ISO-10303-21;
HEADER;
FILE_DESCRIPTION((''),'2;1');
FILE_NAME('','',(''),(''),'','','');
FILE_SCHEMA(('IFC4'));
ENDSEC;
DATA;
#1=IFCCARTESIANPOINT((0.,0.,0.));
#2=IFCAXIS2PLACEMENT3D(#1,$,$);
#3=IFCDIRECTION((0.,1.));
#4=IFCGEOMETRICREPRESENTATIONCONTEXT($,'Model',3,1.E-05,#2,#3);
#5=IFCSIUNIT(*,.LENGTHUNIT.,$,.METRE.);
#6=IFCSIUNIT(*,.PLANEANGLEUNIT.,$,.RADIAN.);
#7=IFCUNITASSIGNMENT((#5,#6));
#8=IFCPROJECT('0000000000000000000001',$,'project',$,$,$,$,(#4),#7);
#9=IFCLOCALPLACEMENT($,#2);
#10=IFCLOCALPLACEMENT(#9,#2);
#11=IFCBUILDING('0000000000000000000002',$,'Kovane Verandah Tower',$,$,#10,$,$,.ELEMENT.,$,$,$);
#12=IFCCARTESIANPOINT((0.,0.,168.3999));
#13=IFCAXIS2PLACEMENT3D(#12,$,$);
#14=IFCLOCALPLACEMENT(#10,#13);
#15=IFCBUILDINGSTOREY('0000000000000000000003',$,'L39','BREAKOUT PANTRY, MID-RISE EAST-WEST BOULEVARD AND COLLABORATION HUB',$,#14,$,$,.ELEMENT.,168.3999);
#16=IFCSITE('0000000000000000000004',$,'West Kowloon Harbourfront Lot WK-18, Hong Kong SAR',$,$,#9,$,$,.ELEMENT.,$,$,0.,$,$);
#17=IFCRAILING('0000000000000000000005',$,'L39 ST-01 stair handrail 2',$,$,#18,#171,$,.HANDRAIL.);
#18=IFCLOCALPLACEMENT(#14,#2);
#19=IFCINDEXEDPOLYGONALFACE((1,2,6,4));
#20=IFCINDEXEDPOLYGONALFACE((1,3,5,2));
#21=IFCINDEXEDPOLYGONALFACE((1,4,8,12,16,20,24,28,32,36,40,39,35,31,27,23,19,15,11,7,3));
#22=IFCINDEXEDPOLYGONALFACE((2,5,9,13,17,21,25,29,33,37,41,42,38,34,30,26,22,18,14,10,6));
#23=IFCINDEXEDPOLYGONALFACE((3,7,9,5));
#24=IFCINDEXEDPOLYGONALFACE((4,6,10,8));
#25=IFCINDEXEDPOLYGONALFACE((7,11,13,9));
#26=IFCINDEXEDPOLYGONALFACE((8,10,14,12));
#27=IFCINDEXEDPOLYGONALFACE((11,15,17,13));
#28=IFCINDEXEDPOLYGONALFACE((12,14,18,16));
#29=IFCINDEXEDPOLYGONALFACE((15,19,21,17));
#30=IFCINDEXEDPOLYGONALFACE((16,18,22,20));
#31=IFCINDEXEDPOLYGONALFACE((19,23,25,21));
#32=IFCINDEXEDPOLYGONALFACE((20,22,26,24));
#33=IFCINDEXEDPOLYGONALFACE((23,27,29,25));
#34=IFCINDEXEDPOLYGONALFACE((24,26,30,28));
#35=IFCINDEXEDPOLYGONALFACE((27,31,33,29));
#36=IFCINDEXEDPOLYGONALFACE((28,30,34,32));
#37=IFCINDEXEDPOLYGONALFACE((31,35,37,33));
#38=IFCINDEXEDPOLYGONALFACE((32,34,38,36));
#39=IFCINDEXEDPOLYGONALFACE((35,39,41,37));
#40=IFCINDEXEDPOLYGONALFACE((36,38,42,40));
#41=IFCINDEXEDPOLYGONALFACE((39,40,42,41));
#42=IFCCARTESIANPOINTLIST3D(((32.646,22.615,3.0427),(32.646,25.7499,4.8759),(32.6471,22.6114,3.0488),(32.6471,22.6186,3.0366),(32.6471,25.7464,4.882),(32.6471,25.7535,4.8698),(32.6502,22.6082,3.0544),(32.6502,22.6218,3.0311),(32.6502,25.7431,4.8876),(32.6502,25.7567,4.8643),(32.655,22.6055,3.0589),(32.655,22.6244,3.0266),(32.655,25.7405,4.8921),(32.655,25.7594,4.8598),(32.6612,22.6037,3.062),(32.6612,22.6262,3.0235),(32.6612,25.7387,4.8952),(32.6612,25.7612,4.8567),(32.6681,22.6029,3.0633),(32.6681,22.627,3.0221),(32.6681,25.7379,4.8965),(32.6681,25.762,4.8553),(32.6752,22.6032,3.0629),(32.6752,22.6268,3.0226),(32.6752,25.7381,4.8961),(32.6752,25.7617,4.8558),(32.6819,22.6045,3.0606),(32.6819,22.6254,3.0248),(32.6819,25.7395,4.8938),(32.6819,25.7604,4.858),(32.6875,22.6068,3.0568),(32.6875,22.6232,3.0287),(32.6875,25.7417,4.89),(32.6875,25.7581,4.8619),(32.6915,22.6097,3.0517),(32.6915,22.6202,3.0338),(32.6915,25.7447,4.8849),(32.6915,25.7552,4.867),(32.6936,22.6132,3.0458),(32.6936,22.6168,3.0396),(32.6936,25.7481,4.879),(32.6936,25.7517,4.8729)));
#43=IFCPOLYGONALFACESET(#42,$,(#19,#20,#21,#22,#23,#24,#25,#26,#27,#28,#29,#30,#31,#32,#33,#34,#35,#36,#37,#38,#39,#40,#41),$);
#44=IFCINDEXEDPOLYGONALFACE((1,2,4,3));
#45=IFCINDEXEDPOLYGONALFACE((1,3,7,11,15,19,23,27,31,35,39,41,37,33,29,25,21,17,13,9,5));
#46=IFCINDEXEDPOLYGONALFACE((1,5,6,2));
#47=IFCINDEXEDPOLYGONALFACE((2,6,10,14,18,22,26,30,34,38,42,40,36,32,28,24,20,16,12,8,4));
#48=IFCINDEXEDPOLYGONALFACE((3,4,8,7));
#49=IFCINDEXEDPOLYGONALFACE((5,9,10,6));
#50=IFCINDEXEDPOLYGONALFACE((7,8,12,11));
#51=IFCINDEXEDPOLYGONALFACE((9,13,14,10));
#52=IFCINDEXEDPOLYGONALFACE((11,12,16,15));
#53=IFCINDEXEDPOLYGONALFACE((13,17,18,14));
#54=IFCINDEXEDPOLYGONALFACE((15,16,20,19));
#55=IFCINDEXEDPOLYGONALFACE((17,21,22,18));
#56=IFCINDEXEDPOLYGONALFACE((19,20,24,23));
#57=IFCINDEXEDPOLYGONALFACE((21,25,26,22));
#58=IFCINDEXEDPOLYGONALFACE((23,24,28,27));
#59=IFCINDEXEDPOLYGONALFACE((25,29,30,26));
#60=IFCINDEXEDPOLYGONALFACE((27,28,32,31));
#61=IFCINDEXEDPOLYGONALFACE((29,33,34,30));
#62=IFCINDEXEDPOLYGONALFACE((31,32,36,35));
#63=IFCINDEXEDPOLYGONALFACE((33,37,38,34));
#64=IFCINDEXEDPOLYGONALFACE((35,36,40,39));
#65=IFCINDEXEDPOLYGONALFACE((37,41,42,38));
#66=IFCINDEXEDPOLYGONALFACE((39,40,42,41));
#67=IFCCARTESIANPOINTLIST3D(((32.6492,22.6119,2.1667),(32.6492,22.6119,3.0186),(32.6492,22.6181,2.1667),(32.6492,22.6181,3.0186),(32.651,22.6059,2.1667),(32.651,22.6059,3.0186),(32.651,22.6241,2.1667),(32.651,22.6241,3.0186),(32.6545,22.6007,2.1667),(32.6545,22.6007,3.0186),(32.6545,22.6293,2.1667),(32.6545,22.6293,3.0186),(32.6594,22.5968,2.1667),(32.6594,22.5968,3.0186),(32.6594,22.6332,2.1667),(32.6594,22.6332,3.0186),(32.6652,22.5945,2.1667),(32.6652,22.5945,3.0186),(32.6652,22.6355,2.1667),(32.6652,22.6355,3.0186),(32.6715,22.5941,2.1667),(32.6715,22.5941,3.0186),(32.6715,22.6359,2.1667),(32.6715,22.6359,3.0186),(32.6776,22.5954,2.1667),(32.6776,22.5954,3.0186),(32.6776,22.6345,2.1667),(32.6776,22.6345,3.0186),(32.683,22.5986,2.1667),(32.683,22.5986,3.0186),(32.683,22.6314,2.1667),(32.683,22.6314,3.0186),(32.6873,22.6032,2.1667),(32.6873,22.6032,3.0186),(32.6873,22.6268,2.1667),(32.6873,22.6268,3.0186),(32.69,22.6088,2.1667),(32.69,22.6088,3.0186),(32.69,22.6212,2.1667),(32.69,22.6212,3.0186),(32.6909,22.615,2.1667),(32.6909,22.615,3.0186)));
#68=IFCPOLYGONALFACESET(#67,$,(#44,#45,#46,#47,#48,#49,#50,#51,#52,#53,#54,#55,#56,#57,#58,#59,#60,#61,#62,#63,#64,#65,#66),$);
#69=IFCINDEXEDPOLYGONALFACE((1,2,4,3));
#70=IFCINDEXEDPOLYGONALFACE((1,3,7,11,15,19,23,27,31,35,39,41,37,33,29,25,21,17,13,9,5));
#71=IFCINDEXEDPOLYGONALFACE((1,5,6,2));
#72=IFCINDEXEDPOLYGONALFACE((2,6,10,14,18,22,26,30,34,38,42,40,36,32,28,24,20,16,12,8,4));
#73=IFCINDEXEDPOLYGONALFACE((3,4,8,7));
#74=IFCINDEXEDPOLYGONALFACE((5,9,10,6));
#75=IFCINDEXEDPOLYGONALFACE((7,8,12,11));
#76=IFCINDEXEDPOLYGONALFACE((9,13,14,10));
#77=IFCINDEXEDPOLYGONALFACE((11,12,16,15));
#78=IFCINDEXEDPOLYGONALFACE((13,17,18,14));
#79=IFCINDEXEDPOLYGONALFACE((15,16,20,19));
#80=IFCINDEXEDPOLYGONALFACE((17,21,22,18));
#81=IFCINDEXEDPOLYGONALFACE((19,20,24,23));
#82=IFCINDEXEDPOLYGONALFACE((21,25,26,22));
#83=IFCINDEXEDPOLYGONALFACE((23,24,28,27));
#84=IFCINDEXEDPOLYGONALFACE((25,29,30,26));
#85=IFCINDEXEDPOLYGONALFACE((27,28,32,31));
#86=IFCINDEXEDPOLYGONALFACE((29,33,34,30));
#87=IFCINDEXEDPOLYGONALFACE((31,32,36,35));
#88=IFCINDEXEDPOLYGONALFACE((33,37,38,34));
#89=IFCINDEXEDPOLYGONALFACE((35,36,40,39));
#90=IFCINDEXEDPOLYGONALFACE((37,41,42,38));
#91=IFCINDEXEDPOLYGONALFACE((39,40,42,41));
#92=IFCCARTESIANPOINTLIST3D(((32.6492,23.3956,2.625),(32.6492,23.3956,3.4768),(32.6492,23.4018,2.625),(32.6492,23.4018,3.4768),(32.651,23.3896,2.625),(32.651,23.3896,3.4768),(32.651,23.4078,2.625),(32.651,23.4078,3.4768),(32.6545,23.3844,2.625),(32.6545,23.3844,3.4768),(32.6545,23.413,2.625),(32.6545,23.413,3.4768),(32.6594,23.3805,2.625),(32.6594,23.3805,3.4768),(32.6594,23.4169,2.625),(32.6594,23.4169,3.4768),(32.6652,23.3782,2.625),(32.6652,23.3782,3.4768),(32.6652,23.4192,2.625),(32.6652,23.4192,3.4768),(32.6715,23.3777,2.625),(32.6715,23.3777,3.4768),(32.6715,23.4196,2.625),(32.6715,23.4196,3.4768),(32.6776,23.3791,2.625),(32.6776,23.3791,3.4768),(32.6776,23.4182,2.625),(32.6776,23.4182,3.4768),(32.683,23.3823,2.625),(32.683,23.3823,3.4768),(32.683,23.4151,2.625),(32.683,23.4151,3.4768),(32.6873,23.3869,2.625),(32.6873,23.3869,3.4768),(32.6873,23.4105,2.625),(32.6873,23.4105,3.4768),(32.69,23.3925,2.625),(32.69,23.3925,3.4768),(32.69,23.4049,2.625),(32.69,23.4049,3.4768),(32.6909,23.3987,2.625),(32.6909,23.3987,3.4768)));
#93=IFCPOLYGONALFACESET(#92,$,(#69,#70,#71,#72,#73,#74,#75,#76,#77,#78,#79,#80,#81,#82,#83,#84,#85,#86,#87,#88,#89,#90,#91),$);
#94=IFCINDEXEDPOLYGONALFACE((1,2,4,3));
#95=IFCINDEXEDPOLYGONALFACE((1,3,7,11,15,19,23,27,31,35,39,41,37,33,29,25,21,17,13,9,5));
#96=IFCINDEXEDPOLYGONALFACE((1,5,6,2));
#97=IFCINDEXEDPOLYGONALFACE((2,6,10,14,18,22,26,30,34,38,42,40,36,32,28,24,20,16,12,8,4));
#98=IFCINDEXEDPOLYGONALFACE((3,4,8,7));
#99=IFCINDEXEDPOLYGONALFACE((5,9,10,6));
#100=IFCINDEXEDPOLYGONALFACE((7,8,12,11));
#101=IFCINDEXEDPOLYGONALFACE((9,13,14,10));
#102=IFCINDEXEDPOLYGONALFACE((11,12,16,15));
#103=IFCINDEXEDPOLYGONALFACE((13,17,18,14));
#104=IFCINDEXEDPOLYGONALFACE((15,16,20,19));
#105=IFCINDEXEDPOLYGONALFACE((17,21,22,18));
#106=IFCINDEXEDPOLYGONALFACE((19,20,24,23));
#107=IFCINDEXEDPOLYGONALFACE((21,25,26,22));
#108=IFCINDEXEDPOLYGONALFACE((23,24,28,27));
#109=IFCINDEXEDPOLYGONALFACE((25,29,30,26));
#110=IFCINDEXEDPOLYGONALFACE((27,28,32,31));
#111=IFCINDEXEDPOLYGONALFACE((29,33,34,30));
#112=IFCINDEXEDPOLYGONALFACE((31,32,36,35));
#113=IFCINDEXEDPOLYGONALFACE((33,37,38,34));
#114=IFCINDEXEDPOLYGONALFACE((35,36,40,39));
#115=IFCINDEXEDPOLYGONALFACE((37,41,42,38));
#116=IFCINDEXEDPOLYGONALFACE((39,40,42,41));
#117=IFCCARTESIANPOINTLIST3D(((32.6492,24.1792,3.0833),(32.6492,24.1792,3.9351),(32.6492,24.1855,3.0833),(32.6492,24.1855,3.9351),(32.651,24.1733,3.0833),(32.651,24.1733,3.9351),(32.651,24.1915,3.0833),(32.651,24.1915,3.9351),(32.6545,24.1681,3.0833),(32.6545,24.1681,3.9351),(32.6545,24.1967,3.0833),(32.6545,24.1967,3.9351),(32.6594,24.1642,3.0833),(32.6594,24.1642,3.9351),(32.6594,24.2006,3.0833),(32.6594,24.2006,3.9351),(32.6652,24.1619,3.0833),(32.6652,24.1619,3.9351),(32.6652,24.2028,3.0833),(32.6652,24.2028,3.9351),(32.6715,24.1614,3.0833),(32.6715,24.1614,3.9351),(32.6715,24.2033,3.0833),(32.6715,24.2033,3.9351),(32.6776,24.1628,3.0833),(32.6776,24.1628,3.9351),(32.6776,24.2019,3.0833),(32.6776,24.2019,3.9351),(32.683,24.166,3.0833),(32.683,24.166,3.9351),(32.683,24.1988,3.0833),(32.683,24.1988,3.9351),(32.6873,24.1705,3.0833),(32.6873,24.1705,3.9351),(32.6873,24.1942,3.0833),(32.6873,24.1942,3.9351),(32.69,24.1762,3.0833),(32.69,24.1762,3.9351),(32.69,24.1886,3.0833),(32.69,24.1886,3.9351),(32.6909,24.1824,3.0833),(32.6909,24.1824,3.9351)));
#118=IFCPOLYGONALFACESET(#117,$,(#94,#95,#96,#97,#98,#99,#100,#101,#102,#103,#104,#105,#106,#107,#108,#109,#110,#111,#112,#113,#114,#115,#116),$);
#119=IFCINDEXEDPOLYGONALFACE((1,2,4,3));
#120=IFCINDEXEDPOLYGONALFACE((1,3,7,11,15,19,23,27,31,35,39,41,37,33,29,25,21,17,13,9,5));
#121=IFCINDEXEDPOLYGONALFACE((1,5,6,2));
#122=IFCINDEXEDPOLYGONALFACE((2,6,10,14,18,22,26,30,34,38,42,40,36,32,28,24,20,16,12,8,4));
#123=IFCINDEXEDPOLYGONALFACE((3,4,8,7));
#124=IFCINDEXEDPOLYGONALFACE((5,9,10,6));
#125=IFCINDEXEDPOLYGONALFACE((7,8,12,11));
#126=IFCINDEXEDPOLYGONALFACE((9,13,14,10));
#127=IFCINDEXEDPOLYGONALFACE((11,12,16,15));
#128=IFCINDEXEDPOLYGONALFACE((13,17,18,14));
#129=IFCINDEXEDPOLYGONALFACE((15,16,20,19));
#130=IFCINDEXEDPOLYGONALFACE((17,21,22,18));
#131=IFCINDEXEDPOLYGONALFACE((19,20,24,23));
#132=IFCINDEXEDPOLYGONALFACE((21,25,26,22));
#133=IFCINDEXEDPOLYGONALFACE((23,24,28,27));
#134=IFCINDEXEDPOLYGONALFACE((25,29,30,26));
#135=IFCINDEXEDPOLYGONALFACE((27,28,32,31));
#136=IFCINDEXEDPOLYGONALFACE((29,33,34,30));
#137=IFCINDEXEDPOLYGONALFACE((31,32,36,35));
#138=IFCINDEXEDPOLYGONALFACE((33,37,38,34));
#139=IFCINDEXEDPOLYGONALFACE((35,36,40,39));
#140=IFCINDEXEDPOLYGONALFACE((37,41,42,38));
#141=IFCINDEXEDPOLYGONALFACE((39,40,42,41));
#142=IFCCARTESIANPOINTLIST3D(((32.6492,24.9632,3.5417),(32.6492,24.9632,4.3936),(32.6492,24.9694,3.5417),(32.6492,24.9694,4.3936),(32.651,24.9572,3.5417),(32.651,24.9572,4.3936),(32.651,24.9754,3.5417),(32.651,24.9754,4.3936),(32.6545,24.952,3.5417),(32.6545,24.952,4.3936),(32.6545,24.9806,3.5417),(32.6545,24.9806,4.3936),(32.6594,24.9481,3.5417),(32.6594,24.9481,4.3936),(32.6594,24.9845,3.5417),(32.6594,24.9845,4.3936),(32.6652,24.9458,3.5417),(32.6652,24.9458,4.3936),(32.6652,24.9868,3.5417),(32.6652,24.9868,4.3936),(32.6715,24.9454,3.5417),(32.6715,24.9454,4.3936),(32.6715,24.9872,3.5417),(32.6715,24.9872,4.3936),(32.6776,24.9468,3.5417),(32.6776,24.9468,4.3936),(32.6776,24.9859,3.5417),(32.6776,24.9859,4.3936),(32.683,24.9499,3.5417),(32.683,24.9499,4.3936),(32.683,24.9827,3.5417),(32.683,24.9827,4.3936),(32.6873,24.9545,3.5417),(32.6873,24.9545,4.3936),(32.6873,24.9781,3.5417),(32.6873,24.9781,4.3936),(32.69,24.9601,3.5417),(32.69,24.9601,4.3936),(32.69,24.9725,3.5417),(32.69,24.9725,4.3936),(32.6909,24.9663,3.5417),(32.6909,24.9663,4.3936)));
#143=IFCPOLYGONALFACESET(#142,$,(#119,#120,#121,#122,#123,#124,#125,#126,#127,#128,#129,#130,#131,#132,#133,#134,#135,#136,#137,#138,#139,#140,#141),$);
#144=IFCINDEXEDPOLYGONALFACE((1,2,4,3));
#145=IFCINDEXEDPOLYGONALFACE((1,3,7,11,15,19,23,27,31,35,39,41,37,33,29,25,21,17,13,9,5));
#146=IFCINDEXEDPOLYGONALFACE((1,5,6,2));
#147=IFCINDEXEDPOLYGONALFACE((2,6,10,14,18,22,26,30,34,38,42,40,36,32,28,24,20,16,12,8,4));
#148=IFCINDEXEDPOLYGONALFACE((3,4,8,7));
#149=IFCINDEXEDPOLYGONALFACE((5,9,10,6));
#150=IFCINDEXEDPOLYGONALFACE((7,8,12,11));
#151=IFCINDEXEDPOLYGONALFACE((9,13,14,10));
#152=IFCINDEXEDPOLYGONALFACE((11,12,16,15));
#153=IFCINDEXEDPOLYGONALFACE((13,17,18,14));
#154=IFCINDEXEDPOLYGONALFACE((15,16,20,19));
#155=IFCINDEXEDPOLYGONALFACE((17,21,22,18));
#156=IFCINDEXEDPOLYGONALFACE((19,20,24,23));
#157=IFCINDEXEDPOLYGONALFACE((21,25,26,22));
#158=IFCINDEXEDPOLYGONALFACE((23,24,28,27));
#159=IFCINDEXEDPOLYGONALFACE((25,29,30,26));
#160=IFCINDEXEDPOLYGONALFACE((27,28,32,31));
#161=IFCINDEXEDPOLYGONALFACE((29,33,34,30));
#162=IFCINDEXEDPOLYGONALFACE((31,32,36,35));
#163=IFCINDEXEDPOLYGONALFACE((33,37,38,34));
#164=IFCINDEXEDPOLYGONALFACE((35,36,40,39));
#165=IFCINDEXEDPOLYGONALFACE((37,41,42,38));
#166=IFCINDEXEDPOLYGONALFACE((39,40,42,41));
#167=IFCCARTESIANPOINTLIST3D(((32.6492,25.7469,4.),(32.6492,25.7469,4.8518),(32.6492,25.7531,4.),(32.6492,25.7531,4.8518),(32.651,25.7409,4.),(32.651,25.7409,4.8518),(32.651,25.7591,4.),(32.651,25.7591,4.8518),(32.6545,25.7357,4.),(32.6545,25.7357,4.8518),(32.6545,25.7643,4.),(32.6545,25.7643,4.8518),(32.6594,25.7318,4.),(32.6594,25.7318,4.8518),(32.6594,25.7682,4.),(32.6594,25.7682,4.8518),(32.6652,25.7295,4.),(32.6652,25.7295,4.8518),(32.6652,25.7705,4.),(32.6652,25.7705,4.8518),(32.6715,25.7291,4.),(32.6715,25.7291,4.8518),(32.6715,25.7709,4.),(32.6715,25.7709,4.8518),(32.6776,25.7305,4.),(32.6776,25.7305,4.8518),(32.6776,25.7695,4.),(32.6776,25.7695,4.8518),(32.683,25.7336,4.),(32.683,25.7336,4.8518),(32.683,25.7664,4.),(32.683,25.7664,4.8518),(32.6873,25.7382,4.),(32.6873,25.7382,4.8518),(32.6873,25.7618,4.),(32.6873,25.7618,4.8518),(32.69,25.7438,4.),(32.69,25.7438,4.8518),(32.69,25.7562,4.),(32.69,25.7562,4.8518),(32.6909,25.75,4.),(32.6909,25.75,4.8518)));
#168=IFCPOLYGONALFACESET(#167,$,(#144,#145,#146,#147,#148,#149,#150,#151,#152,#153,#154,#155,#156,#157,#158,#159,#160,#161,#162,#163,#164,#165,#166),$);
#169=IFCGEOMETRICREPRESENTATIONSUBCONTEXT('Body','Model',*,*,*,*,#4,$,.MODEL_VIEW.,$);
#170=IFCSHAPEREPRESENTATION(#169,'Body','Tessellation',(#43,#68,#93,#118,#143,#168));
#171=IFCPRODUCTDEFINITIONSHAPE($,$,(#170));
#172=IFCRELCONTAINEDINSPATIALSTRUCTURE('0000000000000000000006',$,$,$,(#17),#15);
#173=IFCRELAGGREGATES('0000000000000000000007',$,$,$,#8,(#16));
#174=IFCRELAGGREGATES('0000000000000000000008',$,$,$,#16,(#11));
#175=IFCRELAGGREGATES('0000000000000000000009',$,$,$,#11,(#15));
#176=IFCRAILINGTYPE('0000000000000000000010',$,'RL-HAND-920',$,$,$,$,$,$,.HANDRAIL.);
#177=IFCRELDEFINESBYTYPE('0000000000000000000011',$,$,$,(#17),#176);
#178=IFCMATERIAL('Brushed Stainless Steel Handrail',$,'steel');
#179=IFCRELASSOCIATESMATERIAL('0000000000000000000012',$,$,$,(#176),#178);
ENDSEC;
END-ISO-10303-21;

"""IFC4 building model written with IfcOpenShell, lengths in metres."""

from ifc_helpers import new_model, si_unit, direction, frame, origin, origin_2d, place, context, subcontext, project, spatial, circle, extrude, material, type_object, element, save


model = new_model("IFC4")

# Units and contexts
model_context = context("Model", 3, precision=1e-05, world=origin(), true_north=direction((0.0, 1.0)))
body_context = subcontext(model_context, "Body", "Model", "MODEL_VIEW")
ifc_project = project(units=[si_unit("LENGTHUNIT", "METRE"), si_unit("PLANEANGLEUNIT", "RADIAN")], contexts=[model_context])

# Site, building, storey
site_placement = place(None, origin())
site = spatial("IfcSite", under=ifc_project, at=site_placement, Name="West Kowloon Harbourfront Lot WK-18, Hong Kong SAR", CompositionType="ELEMENT", RefElevation=0.0)
building_placement = place(site_placement, origin())
building = spatial("IfcBuilding", under=site, at=building_placement, Name="Kovane Verandah Tower", CompositionType="ELEMENT")
storey_placement = place(building_placement, frame((0.0, 0.0, 168.3999)))
storey = spatial("IfcBuildingStorey", under=building, at=storey_placement, Name="L39", Description="BREAKOUT PANTRY, MID-RISE EAST-WEST BOULEVARD AND COLLABORATION HUB", CompositionType="ELEMENT", Elevation=168.3999)

# Railing
ifc_material_1 = material(Name="Brushed Stainless Steel Handrail", Category="steel")
railing_type = type_object("IfcRailingType", Name="RL-HAND-920", PredefinedType="HANDRAIL", material=ifc_material_1)
railing_placement = place(storey_placement, frame((32.6699, 22.615, 2.1667)))
element("IfcRailing", 1, at=railing_placement, inside=storey, type_object=railing_type, Name="L39 ST-01 stair handrail 2", PredefinedType="HANDRAIL", context=body_context, shape_type="SweptSolid", body=[
    extrude(circle(Radius=0.0239, at=origin_2d()), frame((0.0, 0.0, 0.876), z_axis=(0.0, 0.86324, 0.504794), x_axis=(-1.0, 0.0, 0.0)), (0.0, 0.0, 1.0), 3.6316),
    extrude(circle(Radius=0.021, at=origin_2d()), origin(), (0.0, 0.0, 1.0), 0.8518),
    extrude(circle(Radius=0.021, at=origin_2d()), frame((0.0, 0.7837, 0.4583)), (0.0, 0.0, 1.0), 0.8518),
    extrude(circle(Radius=0.021, at=origin_2d()), frame((0.0, 1.5674, 0.9165)), (0.0, 0.0, 1.0), 0.8518),
    extrude(circle(Radius=0.021, at=origin_2d()), frame((0.0, 2.3513, 1.375)), (0.0, 0.0, 1.0), 0.8518),
    extrude(circle(Radius=0.021, at=origin_2d()), frame((0.0, 3.135, 1.8333)), (0.0, 0.0, 1.0), 0.8518),
])

save(model, "model.ifc")
